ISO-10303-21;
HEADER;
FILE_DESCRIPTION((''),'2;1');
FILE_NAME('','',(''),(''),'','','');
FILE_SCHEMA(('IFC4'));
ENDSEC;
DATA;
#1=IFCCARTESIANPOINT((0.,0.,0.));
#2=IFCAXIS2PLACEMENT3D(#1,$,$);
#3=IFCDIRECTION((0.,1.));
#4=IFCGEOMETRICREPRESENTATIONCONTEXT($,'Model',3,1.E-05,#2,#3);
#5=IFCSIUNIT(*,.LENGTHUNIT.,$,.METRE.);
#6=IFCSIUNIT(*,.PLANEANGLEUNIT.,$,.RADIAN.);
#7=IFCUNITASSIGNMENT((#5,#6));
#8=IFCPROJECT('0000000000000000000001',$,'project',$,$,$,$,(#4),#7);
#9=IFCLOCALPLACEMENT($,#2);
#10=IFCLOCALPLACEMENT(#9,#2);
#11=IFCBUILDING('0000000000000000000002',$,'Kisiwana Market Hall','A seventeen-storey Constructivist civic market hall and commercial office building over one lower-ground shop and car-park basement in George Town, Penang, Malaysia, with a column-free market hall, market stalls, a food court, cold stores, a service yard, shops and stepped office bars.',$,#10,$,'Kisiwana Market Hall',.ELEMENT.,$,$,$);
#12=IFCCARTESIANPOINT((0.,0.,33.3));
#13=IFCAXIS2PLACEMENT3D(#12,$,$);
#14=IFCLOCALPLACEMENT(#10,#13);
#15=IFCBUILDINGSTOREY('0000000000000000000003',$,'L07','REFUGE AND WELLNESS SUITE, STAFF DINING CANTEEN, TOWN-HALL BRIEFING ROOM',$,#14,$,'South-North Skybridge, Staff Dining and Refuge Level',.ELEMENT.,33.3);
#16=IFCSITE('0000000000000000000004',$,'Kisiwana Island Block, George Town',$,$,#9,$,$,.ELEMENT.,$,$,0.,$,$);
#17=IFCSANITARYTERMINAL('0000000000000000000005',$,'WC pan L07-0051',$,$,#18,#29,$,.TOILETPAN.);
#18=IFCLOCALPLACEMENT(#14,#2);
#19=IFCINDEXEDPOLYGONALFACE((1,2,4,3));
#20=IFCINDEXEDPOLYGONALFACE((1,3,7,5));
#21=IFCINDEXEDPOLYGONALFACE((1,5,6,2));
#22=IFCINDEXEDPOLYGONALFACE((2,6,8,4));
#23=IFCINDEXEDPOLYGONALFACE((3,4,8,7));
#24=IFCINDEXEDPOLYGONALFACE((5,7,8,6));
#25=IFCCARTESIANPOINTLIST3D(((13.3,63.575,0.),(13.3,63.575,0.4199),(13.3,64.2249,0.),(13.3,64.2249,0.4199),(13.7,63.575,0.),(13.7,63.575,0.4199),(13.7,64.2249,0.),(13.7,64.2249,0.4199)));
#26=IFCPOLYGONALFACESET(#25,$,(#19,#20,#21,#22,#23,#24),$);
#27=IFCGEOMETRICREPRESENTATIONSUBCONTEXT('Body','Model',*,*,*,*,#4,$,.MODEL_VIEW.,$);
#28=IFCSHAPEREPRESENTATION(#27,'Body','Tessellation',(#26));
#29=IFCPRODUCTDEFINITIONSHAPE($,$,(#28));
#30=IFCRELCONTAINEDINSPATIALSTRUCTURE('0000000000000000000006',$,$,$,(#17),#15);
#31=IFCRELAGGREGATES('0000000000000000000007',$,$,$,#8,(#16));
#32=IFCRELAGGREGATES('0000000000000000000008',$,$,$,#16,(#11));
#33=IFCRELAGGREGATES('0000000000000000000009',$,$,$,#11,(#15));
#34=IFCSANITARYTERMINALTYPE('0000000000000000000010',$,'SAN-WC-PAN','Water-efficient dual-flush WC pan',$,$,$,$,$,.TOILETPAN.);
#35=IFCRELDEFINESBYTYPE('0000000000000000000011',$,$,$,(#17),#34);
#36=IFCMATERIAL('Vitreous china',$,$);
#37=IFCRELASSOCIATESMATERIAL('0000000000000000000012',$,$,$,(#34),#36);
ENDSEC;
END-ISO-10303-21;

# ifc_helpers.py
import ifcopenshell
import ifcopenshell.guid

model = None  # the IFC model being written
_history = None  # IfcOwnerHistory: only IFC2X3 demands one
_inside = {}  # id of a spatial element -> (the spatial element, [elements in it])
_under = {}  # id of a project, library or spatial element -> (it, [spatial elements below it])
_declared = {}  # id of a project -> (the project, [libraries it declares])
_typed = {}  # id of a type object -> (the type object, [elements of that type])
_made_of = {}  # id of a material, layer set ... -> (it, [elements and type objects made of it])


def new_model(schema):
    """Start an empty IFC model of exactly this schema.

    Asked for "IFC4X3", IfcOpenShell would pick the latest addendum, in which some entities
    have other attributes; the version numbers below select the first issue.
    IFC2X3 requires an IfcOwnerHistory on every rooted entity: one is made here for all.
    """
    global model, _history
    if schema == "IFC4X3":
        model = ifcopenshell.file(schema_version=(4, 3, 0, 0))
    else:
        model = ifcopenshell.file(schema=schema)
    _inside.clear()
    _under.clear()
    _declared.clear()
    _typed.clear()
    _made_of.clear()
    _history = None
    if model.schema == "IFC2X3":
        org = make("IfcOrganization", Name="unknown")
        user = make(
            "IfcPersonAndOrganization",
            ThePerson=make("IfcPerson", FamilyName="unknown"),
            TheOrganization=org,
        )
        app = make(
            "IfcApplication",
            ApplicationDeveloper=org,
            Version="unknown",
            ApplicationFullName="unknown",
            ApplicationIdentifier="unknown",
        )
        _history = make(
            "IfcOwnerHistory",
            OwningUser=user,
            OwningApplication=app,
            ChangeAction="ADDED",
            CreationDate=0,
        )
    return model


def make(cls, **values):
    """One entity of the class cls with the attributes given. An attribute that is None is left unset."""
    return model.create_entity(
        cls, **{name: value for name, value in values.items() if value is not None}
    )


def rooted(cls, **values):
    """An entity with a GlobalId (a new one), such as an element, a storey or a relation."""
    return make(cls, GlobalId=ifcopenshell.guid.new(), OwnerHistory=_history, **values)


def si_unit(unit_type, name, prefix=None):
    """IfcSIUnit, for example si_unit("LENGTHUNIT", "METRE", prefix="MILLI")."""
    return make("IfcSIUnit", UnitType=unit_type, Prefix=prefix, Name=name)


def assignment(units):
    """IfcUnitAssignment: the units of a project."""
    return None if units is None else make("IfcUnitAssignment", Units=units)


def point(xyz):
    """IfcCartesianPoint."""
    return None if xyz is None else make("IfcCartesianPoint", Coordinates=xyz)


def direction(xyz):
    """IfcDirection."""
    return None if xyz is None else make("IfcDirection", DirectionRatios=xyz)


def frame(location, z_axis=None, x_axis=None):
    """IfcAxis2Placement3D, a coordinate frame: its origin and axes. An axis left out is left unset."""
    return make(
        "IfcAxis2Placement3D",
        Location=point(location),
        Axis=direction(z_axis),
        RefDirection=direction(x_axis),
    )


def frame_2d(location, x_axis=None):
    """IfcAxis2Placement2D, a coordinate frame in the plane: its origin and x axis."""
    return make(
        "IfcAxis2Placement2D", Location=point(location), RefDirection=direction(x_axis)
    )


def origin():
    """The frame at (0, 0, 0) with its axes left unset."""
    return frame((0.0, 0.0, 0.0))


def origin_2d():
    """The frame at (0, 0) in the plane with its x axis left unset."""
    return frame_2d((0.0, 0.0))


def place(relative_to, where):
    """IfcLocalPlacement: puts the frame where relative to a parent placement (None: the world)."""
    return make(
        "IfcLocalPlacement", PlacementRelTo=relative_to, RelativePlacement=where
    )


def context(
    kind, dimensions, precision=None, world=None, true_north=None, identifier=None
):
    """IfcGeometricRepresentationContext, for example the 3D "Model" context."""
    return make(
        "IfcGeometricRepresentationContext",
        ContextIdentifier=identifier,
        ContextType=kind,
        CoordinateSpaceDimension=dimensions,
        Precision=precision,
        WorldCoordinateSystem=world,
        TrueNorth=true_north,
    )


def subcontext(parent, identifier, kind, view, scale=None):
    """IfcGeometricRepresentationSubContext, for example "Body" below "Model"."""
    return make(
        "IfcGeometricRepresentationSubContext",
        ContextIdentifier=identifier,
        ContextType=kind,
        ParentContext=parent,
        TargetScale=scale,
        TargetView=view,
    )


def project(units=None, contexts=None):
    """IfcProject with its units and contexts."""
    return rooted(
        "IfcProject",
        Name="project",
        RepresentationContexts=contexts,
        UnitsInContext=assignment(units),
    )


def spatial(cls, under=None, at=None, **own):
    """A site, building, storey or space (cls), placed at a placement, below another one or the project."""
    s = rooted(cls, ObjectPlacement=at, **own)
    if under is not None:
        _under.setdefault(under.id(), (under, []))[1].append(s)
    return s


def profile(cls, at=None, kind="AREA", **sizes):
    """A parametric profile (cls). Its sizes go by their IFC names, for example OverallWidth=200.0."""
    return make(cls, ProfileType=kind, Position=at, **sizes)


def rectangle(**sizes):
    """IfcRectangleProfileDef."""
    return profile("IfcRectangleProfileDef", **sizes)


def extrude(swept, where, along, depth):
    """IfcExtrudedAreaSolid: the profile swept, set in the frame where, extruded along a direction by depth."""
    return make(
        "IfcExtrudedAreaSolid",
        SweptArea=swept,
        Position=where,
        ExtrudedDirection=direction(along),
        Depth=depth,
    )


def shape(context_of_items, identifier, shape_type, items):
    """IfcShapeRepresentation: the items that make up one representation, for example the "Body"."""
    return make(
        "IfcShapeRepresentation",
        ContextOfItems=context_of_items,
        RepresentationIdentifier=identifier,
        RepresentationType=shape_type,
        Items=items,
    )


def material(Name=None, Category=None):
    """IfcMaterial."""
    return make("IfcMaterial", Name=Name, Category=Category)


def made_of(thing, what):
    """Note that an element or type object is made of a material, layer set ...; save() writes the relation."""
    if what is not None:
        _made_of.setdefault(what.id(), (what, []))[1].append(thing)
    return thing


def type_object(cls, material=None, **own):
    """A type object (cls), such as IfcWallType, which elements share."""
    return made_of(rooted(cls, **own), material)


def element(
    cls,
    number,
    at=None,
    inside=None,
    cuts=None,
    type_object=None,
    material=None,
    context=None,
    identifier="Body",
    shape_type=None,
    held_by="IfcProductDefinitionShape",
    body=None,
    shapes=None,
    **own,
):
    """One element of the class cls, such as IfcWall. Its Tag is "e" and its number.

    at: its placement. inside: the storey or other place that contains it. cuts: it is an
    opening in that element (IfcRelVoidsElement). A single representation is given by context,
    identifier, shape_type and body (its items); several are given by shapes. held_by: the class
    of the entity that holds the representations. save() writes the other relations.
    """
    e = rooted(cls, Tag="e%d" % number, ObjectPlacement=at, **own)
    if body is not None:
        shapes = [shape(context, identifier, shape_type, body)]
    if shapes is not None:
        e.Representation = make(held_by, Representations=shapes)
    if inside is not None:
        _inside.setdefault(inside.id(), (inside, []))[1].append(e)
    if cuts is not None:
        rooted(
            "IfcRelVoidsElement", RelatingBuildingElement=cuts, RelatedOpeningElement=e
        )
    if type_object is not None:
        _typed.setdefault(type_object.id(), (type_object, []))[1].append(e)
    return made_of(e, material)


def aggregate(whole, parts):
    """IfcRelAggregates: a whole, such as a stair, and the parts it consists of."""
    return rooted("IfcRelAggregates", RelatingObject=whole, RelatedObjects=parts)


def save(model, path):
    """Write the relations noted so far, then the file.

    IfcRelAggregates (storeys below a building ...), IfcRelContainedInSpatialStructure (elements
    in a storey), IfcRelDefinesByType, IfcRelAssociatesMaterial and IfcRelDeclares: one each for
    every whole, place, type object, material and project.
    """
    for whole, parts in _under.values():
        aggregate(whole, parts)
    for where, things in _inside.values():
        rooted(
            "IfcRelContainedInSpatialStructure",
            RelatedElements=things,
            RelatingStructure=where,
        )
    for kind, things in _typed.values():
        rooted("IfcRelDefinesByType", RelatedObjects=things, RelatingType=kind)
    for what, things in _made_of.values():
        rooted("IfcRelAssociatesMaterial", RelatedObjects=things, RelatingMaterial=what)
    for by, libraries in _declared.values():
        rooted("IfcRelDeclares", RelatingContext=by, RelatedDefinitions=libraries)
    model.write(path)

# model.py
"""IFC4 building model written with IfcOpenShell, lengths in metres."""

from ifc_helpers import new_model, si_unit, direction, frame, origin, origin_2d, place, context, subcontext, project, spatial, rectangle, extrude, material, type_object, element, save


model = new_model("IFC4")

# Units and contexts
model_context = context("Model", 3, precision=1e-05, world=origin(), true_north=direction((0.0, 1.0)))
body_context = subcontext(model_context, "Body", "Model", "MODEL_VIEW")
ifc_project = project(units=[si_unit("LENGTHUNIT", "METRE"), si_unit("PLANEANGLEUNIT", "RADIAN")], contexts=[model_context])

# Site, building, storey
site_placement = place(None, origin())
site = spatial("IfcSite", under=ifc_project, at=site_placement, Name="Kisiwana Island Block, George Town", CompositionType="ELEMENT", RefElevation=0.0)
building_placement = place(site_placement, origin())
building = spatial("IfcBuilding", under=site, at=building_placement, Name="Kisiwana Market Hall", Description="A seventeen-storey Constructivist civic market hall and commercial office building over one lower-ground shop and car-park basement in George Town, Penang, Malaysia, with a column-free market hall, market stalls, a food court, cold stores, a service yard, shops and stepped office bars.", LongName="Kisiwana Market Hall", CompositionType="ELEMENT")
storey_placement = place(building_placement, frame((0.0, 0.0, 33.3)))
storey = spatial("IfcBuildingStorey", under=building, at=storey_placement, Name="L07", Description="REFUGE AND WELLNESS SUITE, STAFF DINING CANTEEN, TOWN-HALL BRIEFING ROOM", LongName="South-North Skybridge, Staff Dining and Refuge Level", CompositionType="ELEMENT", Elevation=33.3)

# Sanitary terminal
ifc_material_1 = material(Name="Vitreous china")
sanitary_terminal_type_1 = type_object("IfcSanitaryTerminalType", Name="SAN-WC-PAN", Description="Water-efficient dual-flush WC pan", PredefinedType="TOILETPAN", material=ifc_material_1)
for number, where, z_axis, x_axis, name in (
    (1, (13.5, 63.8999, 0.0), (0.0, 0.0, 1.0), (1.0, 0.0, 0.0), "WC pan L07-0051"),
):
    element("IfcSanitaryTerminal", number, at=place(storey_placement, frame(where, z_axis=z_axis, x_axis=x_axis)), inside=storey, type_object=sanitary_terminal_type_1, Name=name, PredefinedType="TOILETPAN", context=body_context, shape_type="SweptSolid", body=[
        extrude(rectangle(XDim=0.3999, YDim=0.6499, at=origin_2d()), origin(), (0.0, 0.0, 1.0), 0.4199),
    ])

save(model, "model.ifc")
